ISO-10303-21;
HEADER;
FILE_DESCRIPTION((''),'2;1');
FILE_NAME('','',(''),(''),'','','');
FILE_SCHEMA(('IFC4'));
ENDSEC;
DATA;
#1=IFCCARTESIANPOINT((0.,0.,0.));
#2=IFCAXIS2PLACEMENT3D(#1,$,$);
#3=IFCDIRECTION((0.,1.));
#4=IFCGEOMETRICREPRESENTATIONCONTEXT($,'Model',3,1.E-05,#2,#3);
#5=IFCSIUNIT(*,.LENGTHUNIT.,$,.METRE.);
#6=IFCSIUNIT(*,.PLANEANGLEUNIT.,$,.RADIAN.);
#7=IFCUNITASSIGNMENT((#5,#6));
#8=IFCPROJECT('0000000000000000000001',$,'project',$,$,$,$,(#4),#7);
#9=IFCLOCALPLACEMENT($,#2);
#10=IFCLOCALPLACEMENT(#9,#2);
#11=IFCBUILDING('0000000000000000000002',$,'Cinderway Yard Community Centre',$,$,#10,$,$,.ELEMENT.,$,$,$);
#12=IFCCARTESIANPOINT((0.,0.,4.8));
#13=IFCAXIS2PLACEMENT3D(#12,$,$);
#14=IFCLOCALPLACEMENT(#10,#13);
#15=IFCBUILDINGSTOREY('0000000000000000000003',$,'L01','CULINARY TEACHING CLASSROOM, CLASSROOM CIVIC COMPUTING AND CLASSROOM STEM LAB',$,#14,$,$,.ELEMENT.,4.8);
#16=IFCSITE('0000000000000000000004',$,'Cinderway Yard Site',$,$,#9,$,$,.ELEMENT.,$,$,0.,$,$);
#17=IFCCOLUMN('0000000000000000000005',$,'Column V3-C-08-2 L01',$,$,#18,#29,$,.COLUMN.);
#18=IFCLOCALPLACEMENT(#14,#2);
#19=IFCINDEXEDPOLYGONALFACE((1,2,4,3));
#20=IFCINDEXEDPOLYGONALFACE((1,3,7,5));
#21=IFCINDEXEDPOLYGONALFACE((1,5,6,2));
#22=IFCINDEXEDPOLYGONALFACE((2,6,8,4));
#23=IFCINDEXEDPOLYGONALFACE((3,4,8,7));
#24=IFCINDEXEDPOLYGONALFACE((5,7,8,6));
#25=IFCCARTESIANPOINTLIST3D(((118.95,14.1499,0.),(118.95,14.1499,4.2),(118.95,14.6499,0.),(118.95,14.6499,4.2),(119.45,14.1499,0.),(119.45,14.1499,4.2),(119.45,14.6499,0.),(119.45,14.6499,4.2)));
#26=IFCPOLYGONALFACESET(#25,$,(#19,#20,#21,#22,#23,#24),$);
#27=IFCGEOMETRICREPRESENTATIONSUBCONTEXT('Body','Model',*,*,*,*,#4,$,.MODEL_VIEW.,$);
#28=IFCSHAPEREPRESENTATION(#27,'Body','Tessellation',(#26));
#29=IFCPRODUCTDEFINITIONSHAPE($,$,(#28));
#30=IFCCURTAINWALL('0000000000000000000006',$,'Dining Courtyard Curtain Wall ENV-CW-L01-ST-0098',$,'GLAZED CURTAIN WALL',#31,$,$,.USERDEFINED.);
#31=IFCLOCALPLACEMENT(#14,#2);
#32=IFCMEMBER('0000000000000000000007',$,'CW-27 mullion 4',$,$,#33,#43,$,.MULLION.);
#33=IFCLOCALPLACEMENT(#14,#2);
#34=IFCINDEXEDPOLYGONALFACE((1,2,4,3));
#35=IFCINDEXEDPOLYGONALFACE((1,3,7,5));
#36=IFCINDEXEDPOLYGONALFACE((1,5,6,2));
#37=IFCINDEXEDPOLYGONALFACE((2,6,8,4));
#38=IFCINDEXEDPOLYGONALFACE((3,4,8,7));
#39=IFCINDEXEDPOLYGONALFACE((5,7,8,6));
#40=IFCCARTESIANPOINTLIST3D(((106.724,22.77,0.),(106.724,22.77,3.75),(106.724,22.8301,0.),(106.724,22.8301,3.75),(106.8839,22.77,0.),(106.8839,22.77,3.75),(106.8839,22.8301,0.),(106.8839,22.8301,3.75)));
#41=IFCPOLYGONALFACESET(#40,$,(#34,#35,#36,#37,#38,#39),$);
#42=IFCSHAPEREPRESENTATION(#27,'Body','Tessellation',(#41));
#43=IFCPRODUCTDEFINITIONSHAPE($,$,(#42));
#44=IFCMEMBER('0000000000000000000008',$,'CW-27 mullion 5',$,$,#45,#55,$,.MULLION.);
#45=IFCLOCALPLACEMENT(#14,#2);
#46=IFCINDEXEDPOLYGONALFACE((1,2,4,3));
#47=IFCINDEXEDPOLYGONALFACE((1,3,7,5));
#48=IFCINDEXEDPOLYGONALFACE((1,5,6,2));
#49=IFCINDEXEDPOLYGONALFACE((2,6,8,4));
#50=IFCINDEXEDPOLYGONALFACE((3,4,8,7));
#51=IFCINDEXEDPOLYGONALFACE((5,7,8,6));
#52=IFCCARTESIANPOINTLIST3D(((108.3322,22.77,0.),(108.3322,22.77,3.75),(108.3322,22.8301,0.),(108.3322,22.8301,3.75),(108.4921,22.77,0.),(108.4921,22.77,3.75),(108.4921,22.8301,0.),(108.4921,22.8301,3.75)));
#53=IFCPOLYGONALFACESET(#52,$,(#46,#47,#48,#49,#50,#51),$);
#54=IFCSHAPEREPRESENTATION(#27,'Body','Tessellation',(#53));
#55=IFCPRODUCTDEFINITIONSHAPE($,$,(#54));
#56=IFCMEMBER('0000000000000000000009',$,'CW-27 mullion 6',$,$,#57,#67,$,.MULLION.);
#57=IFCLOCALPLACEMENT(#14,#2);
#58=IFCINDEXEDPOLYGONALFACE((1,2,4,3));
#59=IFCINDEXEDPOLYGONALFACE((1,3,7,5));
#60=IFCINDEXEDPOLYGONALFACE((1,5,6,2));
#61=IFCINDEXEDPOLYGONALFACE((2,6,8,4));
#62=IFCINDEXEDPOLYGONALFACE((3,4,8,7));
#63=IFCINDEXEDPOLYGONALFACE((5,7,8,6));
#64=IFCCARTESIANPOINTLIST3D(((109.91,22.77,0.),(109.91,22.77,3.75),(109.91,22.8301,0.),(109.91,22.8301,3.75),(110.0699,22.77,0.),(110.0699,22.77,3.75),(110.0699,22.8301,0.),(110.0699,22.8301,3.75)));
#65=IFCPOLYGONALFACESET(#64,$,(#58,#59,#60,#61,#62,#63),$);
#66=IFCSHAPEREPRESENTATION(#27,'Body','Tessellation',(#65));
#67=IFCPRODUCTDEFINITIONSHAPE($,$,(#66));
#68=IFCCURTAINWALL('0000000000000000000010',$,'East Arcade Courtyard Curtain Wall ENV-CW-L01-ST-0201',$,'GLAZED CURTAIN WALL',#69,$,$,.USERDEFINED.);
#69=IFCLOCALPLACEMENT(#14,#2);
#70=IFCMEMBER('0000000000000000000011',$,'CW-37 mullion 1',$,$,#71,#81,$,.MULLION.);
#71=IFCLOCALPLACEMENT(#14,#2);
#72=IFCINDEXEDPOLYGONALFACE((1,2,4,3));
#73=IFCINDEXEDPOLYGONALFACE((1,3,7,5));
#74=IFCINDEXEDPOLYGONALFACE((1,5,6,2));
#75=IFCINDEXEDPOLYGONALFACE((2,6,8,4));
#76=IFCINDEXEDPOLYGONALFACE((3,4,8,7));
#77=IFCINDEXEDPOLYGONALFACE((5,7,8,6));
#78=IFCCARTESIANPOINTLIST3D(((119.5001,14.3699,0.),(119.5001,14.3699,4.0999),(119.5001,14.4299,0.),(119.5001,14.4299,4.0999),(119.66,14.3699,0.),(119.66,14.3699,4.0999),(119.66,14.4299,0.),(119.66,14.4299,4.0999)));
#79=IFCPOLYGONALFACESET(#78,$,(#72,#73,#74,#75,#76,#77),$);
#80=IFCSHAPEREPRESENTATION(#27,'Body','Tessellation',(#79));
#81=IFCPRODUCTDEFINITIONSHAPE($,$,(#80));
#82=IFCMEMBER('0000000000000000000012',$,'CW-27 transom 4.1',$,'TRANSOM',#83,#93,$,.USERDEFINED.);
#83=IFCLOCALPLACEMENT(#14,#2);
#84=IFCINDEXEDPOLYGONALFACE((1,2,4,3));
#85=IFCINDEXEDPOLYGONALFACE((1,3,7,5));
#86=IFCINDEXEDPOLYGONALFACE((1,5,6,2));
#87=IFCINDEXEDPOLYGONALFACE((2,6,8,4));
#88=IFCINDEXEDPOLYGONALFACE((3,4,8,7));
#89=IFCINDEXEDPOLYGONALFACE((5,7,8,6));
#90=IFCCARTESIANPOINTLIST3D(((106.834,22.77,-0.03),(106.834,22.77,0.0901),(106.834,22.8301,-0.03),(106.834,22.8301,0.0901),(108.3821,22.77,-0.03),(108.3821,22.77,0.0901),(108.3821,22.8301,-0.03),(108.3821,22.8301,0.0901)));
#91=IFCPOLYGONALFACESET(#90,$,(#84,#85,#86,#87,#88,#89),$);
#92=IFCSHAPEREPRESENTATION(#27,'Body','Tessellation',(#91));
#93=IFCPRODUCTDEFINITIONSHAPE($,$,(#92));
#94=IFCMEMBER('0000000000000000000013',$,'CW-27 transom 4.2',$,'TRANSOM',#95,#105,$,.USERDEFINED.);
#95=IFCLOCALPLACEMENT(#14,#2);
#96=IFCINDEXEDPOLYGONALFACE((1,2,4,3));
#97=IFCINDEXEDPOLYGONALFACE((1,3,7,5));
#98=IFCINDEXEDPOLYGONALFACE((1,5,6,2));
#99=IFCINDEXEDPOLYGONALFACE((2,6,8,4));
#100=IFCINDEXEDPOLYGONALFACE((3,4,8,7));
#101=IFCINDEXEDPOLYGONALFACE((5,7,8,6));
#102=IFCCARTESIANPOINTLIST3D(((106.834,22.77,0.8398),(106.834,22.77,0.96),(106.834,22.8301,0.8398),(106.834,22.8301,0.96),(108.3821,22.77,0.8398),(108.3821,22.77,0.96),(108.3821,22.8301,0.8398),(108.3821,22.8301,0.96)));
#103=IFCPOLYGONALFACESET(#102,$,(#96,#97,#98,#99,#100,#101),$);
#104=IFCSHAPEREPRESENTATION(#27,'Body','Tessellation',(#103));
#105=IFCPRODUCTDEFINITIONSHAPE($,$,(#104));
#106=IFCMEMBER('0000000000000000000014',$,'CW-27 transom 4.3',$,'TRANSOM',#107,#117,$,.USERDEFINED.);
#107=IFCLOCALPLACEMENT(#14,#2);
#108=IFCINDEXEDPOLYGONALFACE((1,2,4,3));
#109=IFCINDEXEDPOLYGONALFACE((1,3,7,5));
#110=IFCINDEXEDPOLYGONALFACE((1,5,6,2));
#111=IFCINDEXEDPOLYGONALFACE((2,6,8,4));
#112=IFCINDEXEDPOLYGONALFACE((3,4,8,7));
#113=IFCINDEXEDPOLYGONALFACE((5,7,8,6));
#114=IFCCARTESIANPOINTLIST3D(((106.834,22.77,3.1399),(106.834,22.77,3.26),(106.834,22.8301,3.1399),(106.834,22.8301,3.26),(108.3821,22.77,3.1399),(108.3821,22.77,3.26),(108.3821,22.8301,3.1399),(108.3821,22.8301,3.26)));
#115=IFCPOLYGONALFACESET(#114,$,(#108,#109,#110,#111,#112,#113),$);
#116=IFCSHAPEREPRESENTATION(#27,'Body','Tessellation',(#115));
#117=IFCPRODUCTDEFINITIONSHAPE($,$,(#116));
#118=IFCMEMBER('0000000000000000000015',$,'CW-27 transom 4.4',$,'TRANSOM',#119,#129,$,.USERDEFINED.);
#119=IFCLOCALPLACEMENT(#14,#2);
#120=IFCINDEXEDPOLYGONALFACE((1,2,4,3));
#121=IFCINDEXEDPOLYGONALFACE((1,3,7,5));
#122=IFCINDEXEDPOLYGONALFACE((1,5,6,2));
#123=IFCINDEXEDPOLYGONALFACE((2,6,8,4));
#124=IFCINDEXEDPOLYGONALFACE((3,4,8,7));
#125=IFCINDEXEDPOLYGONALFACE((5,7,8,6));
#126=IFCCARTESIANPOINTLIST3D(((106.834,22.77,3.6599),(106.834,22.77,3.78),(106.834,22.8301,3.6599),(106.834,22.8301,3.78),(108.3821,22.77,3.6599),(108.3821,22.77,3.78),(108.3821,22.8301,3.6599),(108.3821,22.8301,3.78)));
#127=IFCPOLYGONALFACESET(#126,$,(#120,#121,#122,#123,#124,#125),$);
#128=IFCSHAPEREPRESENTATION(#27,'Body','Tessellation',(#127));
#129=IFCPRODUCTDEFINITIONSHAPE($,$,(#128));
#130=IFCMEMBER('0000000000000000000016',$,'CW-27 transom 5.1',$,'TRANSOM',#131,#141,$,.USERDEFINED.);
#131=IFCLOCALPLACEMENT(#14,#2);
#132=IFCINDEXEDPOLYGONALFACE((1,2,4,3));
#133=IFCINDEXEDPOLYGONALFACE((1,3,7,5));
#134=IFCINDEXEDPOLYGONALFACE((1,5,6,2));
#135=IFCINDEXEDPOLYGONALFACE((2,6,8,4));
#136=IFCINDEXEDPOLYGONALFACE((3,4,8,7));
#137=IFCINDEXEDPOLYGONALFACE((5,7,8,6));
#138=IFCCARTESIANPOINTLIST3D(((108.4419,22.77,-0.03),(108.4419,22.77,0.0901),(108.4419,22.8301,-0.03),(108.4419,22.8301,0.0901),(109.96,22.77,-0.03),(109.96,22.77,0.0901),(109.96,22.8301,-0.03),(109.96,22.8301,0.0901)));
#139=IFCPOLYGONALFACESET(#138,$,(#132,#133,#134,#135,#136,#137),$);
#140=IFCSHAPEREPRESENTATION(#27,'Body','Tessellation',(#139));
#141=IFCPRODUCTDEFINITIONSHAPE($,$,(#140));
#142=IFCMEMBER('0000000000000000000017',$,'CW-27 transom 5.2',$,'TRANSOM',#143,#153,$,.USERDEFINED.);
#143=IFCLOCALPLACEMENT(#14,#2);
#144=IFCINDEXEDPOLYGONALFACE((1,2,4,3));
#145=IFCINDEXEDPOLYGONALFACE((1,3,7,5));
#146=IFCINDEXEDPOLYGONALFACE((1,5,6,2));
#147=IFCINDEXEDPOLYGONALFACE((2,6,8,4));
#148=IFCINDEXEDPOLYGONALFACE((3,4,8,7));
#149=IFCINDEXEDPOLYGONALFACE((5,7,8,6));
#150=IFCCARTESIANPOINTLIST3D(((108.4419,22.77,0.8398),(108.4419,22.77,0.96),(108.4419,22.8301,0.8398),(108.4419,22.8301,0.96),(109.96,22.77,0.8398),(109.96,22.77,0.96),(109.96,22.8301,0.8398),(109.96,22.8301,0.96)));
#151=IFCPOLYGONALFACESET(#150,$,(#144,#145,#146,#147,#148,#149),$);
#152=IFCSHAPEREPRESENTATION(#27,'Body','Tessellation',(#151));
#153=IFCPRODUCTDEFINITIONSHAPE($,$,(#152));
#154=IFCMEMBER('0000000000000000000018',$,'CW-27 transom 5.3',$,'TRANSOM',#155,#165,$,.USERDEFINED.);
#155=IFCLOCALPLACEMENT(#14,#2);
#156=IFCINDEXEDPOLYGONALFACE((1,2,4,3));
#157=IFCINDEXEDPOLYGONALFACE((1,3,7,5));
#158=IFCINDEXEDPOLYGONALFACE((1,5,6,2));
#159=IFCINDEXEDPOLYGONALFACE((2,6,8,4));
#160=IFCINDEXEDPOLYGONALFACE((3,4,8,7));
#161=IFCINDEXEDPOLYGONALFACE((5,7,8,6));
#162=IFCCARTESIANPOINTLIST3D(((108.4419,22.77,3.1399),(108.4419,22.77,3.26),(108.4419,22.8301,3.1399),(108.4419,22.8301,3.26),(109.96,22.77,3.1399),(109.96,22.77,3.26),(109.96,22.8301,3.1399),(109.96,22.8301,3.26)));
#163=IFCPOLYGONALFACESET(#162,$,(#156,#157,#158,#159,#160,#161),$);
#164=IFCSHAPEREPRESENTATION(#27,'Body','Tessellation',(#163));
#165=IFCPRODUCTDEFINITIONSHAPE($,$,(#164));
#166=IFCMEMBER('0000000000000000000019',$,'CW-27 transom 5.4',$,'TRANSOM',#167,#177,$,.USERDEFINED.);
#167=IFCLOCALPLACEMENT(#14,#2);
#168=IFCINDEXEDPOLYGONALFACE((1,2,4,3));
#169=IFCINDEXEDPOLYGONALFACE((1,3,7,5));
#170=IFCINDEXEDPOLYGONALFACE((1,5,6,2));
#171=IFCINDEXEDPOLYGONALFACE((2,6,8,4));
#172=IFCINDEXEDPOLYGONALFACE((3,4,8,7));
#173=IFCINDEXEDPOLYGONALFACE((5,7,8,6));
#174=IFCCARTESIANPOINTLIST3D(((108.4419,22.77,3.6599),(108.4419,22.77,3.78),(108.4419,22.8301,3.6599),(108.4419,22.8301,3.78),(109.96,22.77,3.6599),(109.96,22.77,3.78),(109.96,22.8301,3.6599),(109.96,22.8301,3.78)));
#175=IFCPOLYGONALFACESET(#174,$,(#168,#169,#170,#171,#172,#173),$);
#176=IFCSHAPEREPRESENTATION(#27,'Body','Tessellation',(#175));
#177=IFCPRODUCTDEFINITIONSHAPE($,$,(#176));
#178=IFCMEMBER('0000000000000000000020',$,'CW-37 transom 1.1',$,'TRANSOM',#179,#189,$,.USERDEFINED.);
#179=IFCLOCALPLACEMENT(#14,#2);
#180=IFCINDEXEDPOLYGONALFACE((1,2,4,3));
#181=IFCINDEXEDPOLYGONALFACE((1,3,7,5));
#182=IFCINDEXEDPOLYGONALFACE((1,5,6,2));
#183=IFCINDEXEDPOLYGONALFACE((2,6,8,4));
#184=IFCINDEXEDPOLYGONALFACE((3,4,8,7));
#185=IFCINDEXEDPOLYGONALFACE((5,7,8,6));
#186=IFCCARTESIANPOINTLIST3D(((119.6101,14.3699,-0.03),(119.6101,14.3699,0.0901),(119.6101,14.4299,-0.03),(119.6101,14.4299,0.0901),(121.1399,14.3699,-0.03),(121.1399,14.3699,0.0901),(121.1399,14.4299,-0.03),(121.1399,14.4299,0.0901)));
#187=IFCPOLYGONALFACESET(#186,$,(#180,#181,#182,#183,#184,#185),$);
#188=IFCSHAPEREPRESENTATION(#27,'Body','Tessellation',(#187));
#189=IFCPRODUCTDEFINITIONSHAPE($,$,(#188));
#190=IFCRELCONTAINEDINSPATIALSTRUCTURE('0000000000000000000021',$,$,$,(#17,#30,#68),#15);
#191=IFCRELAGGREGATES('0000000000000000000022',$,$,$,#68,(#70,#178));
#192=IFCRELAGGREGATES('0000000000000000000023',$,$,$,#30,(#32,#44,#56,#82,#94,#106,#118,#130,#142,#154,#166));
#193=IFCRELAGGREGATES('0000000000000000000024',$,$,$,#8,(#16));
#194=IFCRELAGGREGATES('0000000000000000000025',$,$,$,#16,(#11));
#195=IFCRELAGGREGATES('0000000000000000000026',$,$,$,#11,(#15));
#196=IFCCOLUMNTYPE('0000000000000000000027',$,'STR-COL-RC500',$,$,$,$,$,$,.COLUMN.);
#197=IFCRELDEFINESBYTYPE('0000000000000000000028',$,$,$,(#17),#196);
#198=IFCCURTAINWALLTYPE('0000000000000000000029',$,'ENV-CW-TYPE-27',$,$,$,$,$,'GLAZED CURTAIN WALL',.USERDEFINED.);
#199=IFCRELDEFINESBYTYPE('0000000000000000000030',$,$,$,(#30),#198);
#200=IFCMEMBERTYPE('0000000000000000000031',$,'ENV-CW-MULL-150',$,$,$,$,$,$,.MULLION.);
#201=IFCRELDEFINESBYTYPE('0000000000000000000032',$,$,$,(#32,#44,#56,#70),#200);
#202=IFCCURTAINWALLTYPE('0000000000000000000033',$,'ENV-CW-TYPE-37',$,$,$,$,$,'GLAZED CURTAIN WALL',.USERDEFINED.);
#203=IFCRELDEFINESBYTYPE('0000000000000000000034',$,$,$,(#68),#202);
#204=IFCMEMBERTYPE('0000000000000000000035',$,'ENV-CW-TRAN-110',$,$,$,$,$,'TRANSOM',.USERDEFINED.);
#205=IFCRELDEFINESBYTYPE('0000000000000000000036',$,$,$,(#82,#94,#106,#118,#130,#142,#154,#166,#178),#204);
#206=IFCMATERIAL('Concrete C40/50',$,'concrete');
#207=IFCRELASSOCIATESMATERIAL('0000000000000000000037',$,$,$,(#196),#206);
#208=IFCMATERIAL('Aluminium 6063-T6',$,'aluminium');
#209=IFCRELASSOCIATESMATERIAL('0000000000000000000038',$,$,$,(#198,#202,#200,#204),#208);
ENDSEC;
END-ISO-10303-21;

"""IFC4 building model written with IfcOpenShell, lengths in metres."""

from ifc_helpers import new_model, si_unit, direction, frame, origin, origin_2d, place, context, subcontext, project, spatial, rectangle, extrude, material, material_profile, profile_set, type_object, element, aggregate, save


model = new_model("IFC4")

# Units and contexts
model_context = context("Model", 3, precision=1e-05, world=origin(), true_north=direction((0.0, 1.0)))
body_context = subcontext(model_context, "Body", "Model", "MODEL_VIEW")
ifc_project = project(units=[si_unit("LENGTHUNIT", "METRE"), si_unit("PLANEANGLEUNIT", "RADIAN")], contexts=[model_context])

# Site, building, storey
site_placement = place(None, origin())
site = spatial("IfcSite", under=ifc_project, at=site_placement, Name="Cinderway Yard Site", CompositionType="ELEMENT", RefElevation=0.0)
building_placement = place(site_placement, origin())
building = spatial("IfcBuilding", under=site, at=building_placement, Name="Cinderway Yard Community Centre", CompositionType="ELEMENT")
storey_placement = place(building_placement, frame((0.0, 0.0, 4.8)))
storey = spatial("IfcBuildingStorey", under=building, at=storey_placement, Name="L01", Description="CULINARY TEACHING CLASSROOM, CLASSROOM CIVIC COMPUTING AND CLASSROOM STEM LAB", CompositionType="ELEMENT", Elevation=4.8)

# Column
ifc_material_1 = material(Name="Concrete C40/50", Category="concrete")
ifc_material_profile_1 = material_profile(ifc_material_1, rectangle(XDim=0.5, YDim=0.5, at=origin_2d()), Name="Concrete C40/50")
ifc_profile_set_1 = profile_set([ifc_material_profile_1], Name="Concrete C40/50")
column_type = type_object("IfcColumnType", Name="STR-COL-RC500", PredefinedType="COLUMN", material=ifc_profile_set_1)
column_placement = place(storey_placement, frame((119.2, 14.3999, 0.0), z_axis=(0.0, 0.0, 1.0), x_axis=(1.0, 0.0, 0.0)))
element("IfcColumn", 1, at=column_placement, inside=storey, type_object=column_type, Name="Column V3-C-08-2 L01", PredefinedType="COLUMN", context=body_context, shape_type="SweptSolid", body=[
    extrude(rectangle(XDim=0.5, YDim=0.5, at=origin_2d()), origin(), (0.0, 0.0, 1.0), 4.2),
])

# Curtain wall, members
ifc_material_2 = material(Name="Aluminium 6063-T6", Category="aluminium")
curtain_wall_type_1 = type_object("IfcCurtainWallType", Name="ENV-CW-TYPE-27", ElementType="GLAZED CURTAIN WALL", PredefinedType="USERDEFINED", material=ifc_material_2)
curtain_wall_1_placement = place(storey_placement, origin())
curtain_wall_1 = element("IfcCurtainWall", 2, at=curtain_wall_1_placement, inside=storey, type_object=curtain_wall_type_1, Name="Dining Courtyard Curtain Wall ENV-CW-L01-ST-0098", ObjectType="GLAZED CURTAIN WALL", PredefinedType="USERDEFINED")
ifc_material_profile_2 = material_profile(ifc_material_2, rectangle(XDim=0.0601, YDim=0.1599, at=origin_2d()), Name="Aluminium 6063-T6")
ifc_profile_set_2 = profile_set([ifc_material_profile_2], Name="Aluminium 6063-T6")
member_type_1 = type_object("IfcMemberType", Name="ENV-CW-MULL-150", PredefinedType="MULLION", material=ifc_profile_set_2)
member_1_placement = place(storey_placement, frame((106.804, 22.8, 0.0), z_axis=(0.0, 0.0, 1.0), x_axis=(0.0, 1.0, 0.0)))
member_1 = element("IfcMember", 3, at=member_1_placement, type_object=member_type_1, Name="CW-27 mullion 4", PredefinedType="MULLION", context=body_context, shape_type="SweptSolid", body=[
    extrude(rectangle(XDim=0.0601, YDim=0.1599, at=origin_2d()), origin(), (0.0, 0.0, 1.0), 3.75),
])
member_2_placement = place(storey_placement, frame((108.4121, 22.8, 0.0), z_axis=(0.0, 0.0, 1.0), x_axis=(0.0, 1.0, 0.0)))
member_2 = element("IfcMember", 4, at=member_2_placement, type_object=member_type_1, Name="CW-27 mullion 5", PredefinedType="MULLION", context=body_context, shape_type="SweptSolid", body=[
    extrude(rectangle(XDim=0.0601, YDim=0.1599, at=origin_2d()), origin(), (0.0, 0.0, 1.0), 3.75),
])
member_3_placement = place(storey_placement, frame((109.99, 22.8, 0.0), z_axis=(0.0, 0.0, 1.0), x_axis=(0.0, 1.0, 0.0)))
member_3 = element("IfcMember", 5, at=member_3_placement, type_object=member_type_1, Name="CW-27 mullion 6", PredefinedType="MULLION", context=body_context, shape_type="SweptSolid", body=[
    extrude(rectangle(XDim=0.0601, YDim=0.1599, at=origin_2d()), origin(), (0.0, 0.0, 1.0), 3.75),
])

# Curtain wall, member
curtain_wall_type_2 = type_object("IfcCurtainWallType", Name="ENV-CW-TYPE-37", ElementType="GLAZED CURTAIN WALL", PredefinedType="USERDEFINED", material=ifc_material_2)
curtain_wall_2_placement = place(storey_placement, origin())
curtain_wall_2 = element("IfcCurtainWall", 6, at=curtain_wall_2_placement, inside=storey, type_object=curtain_wall_type_2, Name="East Arcade Courtyard Curtain Wall ENV-CW-L01-ST-0201", ObjectType="GLAZED CURTAIN WALL", PredefinedType="USERDEFINED")
member_4_placement = place(storey_placement, frame((119.5801, 14.3999, 0.0), z_axis=(0.0, 0.0, 1.0), x_axis=(0.0, 1.0, 0.0)))
member_4 = element("IfcMember", 7, at=member_4_placement, type_object=member_type_1, Name="CW-37 mullion 1", PredefinedType="MULLION", context=body_context, shape_type="SweptSolid", body=[
    extrude(rectangle(XDim=0.0601, YDim=0.1599, at=origin_2d()), origin(), (0.0, 0.0, 1.0), 4.0999),
])

# Members
ifc_material_profile_3 = material_profile(ifc_material_2, rectangle(XDim=0.0601, YDim=0.1201, at=origin_2d()), Name="Aluminium 6063-T6")
ifc_profile_set_3 = profile_set([ifc_material_profile_3], Name="Aluminium 6063-T6")
member_type_2 = type_object("IfcMemberType", Name="ENV-CW-TRAN-110", ElementType="TRANSOM", PredefinedType="USERDEFINED", material=ifc_profile_set_3)
member_5_placement = place(storey_placement, frame((106.834, 22.8, 0.03), z_axis=(1.0, 0.0, 0.0), x_axis=(0.0, 1.0, 0.0)))
member_5 = element("IfcMember", 8, at=member_5_placement, type_object=member_type_2, Name="CW-27 transom 4.1", ObjectType="TRANSOM", PredefinedType="USERDEFINED", context=body_context, shape_type="SweptSolid", body=[
    extrude(rectangle(XDim=0.0601, YDim=0.1201, at=origin_2d()), origin(), (0.0, 0.0, 1.0), 1.5481),
])
member_6_placement = place(storey_placement, frame((106.834, 22.8, 0.8999), z_axis=(1.0, 0.0, 0.0), x_axis=(0.0, 1.0, 0.0)))
member_6 = element("IfcMember", 9, at=member_6_placement, type_object=member_type_2, Name="CW-27 transom 4.2", ObjectType="TRANSOM", PredefinedType="USERDEFINED", context=body_context, shape_type="SweptSolid", body=[
    extrude(rectangle(XDim=0.0601, YDim=0.1201, at=origin_2d()), origin(), (0.0, 0.0, 1.0), 1.5481),
])
member_7_placement = place(storey_placement, frame((106.834, 22.8, 3.2), z_axis=(1.0, 0.0, 0.0), x_axis=(0.0, 1.0, 0.0)))
member_7 = element("IfcMember", 10, at=member_7_placement, type_object=member_type_2, Name="CW-27 transom 4.3", ObjectType="TRANSOM", PredefinedType="USERDEFINED", context=body_context, shape_type="SweptSolid", body=[
    extrude(rectangle(XDim=0.0601, YDim=0.1201, at=origin_2d()), origin(), (0.0, 0.0, 1.0), 1.5481),
])
member_8_placement = place(storey_placement, frame((106.834, 22.8, 3.72), z_axis=(1.0, 0.0, 0.0), x_axis=(0.0, 1.0, 0.0)))
member_8 = element("IfcMember", 11, at=member_8_placement, type_object=member_type_2, Name="CW-27 transom 4.4", ObjectType="TRANSOM", PredefinedType="USERDEFINED", context=body_context, shape_type="SweptSolid", body=[
    extrude(rectangle(XDim=0.0601, YDim=0.1201, at=origin_2d()), origin(), (0.0, 0.0, 1.0), 1.5481),
])
member_9_placement = place(storey_placement, frame((108.4419, 22.8, 0.03), z_axis=(1.0, 0.0, 0.0), x_axis=(0.0, 1.0, 0.0)))
member_9 = element("IfcMember", 12, at=member_9_placement, type_object=member_type_2, Name="CW-27 transom 5.1", ObjectType="TRANSOM", PredefinedType="USERDEFINED", context=body_context, shape_type="SweptSolid", body=[
    extrude(rectangle(XDim=0.0601, YDim=0.1201, at=origin_2d()), origin(), (0.0, 0.0, 1.0), 1.5181),
])
member_10_placement = place(storey_placement, frame((108.4419, 22.8, 0.8999), z_axis=(1.0, 0.0, 0.0), x_axis=(0.0, 1.0, 0.0)))
member_10 = element("IfcMember", 13, at=member_10_placement, type_object=member_type_2, Name="CW-27 transom 5.2", ObjectType="TRANSOM", PredefinedType="USERDEFINED", context=body_context, shape_type="SweptSolid", body=[
    extrude(rectangle(XDim=0.0601, YDim=0.1201, at=origin_2d()), origin(), (0.0, 0.0, 1.0), 1.5181),
])
member_11_placement = place(storey_placement, frame((108.4419, 22.8, 3.2), z_axis=(1.0, 0.0, 0.0), x_axis=(0.0, 1.0, 0.0)))
member_11 = element("IfcMember", 14, at=member_11_placement, type_object=member_type_2, Name="CW-27 transom 5.3", ObjectType="TRANSOM", PredefinedType="USERDEFINED", context=body_context, shape_type="SweptSolid", body=[
    extrude(rectangle(XDim=0.0601, YDim=0.1201, at=origin_2d()), origin(), (0.0, 0.0, 1.0), 1.5181),
])
member_12_placement = place(storey_placement, frame((108.4419, 22.8, 3.72), z_axis=(1.0, 0.0, 0.0), x_axis=(0.0, 1.0, 0.0)))
member_12 = element("IfcMember", 15, at=member_12_placement, type_object=member_type_2, Name="CW-27 transom 5.4", ObjectType="TRANSOM", PredefinedType="USERDEFINED", context=body_context, shape_type="SweptSolid", body=[
    extrude(rectangle(XDim=0.0601, YDim=0.1201, at=origin_2d()), origin(), (0.0, 0.0, 1.0), 1.5181),
])
member_13_placement = place(storey_placement, frame((119.6101, 14.3999, 0.03), z_axis=(1.0, 0.0, 0.0), x_axis=(0.0, 1.0, 0.0)))
member_13 = element("IfcMember", 16, at=member_13_placement, type_object=member_type_2, Name="CW-37 transom 1.1", ObjectType="TRANSOM", PredefinedType="USERDEFINED", context=body_context, shape_type="SweptSolid", body=[
    extrude(rectangle(XDim=0.0601, YDim=0.1201, at=origin_2d()), origin(), (0.0, 0.0, 1.0), 1.5298),
])
aggregate(curtain_wall_2, [member_4, member_13])

aggregate(curtain_wall_1, [member_1, member_2, member_3, member_5, member_6, member_7, member_8, member_9, member_10, member_11, member_12])

save(model, "model.ifc")
